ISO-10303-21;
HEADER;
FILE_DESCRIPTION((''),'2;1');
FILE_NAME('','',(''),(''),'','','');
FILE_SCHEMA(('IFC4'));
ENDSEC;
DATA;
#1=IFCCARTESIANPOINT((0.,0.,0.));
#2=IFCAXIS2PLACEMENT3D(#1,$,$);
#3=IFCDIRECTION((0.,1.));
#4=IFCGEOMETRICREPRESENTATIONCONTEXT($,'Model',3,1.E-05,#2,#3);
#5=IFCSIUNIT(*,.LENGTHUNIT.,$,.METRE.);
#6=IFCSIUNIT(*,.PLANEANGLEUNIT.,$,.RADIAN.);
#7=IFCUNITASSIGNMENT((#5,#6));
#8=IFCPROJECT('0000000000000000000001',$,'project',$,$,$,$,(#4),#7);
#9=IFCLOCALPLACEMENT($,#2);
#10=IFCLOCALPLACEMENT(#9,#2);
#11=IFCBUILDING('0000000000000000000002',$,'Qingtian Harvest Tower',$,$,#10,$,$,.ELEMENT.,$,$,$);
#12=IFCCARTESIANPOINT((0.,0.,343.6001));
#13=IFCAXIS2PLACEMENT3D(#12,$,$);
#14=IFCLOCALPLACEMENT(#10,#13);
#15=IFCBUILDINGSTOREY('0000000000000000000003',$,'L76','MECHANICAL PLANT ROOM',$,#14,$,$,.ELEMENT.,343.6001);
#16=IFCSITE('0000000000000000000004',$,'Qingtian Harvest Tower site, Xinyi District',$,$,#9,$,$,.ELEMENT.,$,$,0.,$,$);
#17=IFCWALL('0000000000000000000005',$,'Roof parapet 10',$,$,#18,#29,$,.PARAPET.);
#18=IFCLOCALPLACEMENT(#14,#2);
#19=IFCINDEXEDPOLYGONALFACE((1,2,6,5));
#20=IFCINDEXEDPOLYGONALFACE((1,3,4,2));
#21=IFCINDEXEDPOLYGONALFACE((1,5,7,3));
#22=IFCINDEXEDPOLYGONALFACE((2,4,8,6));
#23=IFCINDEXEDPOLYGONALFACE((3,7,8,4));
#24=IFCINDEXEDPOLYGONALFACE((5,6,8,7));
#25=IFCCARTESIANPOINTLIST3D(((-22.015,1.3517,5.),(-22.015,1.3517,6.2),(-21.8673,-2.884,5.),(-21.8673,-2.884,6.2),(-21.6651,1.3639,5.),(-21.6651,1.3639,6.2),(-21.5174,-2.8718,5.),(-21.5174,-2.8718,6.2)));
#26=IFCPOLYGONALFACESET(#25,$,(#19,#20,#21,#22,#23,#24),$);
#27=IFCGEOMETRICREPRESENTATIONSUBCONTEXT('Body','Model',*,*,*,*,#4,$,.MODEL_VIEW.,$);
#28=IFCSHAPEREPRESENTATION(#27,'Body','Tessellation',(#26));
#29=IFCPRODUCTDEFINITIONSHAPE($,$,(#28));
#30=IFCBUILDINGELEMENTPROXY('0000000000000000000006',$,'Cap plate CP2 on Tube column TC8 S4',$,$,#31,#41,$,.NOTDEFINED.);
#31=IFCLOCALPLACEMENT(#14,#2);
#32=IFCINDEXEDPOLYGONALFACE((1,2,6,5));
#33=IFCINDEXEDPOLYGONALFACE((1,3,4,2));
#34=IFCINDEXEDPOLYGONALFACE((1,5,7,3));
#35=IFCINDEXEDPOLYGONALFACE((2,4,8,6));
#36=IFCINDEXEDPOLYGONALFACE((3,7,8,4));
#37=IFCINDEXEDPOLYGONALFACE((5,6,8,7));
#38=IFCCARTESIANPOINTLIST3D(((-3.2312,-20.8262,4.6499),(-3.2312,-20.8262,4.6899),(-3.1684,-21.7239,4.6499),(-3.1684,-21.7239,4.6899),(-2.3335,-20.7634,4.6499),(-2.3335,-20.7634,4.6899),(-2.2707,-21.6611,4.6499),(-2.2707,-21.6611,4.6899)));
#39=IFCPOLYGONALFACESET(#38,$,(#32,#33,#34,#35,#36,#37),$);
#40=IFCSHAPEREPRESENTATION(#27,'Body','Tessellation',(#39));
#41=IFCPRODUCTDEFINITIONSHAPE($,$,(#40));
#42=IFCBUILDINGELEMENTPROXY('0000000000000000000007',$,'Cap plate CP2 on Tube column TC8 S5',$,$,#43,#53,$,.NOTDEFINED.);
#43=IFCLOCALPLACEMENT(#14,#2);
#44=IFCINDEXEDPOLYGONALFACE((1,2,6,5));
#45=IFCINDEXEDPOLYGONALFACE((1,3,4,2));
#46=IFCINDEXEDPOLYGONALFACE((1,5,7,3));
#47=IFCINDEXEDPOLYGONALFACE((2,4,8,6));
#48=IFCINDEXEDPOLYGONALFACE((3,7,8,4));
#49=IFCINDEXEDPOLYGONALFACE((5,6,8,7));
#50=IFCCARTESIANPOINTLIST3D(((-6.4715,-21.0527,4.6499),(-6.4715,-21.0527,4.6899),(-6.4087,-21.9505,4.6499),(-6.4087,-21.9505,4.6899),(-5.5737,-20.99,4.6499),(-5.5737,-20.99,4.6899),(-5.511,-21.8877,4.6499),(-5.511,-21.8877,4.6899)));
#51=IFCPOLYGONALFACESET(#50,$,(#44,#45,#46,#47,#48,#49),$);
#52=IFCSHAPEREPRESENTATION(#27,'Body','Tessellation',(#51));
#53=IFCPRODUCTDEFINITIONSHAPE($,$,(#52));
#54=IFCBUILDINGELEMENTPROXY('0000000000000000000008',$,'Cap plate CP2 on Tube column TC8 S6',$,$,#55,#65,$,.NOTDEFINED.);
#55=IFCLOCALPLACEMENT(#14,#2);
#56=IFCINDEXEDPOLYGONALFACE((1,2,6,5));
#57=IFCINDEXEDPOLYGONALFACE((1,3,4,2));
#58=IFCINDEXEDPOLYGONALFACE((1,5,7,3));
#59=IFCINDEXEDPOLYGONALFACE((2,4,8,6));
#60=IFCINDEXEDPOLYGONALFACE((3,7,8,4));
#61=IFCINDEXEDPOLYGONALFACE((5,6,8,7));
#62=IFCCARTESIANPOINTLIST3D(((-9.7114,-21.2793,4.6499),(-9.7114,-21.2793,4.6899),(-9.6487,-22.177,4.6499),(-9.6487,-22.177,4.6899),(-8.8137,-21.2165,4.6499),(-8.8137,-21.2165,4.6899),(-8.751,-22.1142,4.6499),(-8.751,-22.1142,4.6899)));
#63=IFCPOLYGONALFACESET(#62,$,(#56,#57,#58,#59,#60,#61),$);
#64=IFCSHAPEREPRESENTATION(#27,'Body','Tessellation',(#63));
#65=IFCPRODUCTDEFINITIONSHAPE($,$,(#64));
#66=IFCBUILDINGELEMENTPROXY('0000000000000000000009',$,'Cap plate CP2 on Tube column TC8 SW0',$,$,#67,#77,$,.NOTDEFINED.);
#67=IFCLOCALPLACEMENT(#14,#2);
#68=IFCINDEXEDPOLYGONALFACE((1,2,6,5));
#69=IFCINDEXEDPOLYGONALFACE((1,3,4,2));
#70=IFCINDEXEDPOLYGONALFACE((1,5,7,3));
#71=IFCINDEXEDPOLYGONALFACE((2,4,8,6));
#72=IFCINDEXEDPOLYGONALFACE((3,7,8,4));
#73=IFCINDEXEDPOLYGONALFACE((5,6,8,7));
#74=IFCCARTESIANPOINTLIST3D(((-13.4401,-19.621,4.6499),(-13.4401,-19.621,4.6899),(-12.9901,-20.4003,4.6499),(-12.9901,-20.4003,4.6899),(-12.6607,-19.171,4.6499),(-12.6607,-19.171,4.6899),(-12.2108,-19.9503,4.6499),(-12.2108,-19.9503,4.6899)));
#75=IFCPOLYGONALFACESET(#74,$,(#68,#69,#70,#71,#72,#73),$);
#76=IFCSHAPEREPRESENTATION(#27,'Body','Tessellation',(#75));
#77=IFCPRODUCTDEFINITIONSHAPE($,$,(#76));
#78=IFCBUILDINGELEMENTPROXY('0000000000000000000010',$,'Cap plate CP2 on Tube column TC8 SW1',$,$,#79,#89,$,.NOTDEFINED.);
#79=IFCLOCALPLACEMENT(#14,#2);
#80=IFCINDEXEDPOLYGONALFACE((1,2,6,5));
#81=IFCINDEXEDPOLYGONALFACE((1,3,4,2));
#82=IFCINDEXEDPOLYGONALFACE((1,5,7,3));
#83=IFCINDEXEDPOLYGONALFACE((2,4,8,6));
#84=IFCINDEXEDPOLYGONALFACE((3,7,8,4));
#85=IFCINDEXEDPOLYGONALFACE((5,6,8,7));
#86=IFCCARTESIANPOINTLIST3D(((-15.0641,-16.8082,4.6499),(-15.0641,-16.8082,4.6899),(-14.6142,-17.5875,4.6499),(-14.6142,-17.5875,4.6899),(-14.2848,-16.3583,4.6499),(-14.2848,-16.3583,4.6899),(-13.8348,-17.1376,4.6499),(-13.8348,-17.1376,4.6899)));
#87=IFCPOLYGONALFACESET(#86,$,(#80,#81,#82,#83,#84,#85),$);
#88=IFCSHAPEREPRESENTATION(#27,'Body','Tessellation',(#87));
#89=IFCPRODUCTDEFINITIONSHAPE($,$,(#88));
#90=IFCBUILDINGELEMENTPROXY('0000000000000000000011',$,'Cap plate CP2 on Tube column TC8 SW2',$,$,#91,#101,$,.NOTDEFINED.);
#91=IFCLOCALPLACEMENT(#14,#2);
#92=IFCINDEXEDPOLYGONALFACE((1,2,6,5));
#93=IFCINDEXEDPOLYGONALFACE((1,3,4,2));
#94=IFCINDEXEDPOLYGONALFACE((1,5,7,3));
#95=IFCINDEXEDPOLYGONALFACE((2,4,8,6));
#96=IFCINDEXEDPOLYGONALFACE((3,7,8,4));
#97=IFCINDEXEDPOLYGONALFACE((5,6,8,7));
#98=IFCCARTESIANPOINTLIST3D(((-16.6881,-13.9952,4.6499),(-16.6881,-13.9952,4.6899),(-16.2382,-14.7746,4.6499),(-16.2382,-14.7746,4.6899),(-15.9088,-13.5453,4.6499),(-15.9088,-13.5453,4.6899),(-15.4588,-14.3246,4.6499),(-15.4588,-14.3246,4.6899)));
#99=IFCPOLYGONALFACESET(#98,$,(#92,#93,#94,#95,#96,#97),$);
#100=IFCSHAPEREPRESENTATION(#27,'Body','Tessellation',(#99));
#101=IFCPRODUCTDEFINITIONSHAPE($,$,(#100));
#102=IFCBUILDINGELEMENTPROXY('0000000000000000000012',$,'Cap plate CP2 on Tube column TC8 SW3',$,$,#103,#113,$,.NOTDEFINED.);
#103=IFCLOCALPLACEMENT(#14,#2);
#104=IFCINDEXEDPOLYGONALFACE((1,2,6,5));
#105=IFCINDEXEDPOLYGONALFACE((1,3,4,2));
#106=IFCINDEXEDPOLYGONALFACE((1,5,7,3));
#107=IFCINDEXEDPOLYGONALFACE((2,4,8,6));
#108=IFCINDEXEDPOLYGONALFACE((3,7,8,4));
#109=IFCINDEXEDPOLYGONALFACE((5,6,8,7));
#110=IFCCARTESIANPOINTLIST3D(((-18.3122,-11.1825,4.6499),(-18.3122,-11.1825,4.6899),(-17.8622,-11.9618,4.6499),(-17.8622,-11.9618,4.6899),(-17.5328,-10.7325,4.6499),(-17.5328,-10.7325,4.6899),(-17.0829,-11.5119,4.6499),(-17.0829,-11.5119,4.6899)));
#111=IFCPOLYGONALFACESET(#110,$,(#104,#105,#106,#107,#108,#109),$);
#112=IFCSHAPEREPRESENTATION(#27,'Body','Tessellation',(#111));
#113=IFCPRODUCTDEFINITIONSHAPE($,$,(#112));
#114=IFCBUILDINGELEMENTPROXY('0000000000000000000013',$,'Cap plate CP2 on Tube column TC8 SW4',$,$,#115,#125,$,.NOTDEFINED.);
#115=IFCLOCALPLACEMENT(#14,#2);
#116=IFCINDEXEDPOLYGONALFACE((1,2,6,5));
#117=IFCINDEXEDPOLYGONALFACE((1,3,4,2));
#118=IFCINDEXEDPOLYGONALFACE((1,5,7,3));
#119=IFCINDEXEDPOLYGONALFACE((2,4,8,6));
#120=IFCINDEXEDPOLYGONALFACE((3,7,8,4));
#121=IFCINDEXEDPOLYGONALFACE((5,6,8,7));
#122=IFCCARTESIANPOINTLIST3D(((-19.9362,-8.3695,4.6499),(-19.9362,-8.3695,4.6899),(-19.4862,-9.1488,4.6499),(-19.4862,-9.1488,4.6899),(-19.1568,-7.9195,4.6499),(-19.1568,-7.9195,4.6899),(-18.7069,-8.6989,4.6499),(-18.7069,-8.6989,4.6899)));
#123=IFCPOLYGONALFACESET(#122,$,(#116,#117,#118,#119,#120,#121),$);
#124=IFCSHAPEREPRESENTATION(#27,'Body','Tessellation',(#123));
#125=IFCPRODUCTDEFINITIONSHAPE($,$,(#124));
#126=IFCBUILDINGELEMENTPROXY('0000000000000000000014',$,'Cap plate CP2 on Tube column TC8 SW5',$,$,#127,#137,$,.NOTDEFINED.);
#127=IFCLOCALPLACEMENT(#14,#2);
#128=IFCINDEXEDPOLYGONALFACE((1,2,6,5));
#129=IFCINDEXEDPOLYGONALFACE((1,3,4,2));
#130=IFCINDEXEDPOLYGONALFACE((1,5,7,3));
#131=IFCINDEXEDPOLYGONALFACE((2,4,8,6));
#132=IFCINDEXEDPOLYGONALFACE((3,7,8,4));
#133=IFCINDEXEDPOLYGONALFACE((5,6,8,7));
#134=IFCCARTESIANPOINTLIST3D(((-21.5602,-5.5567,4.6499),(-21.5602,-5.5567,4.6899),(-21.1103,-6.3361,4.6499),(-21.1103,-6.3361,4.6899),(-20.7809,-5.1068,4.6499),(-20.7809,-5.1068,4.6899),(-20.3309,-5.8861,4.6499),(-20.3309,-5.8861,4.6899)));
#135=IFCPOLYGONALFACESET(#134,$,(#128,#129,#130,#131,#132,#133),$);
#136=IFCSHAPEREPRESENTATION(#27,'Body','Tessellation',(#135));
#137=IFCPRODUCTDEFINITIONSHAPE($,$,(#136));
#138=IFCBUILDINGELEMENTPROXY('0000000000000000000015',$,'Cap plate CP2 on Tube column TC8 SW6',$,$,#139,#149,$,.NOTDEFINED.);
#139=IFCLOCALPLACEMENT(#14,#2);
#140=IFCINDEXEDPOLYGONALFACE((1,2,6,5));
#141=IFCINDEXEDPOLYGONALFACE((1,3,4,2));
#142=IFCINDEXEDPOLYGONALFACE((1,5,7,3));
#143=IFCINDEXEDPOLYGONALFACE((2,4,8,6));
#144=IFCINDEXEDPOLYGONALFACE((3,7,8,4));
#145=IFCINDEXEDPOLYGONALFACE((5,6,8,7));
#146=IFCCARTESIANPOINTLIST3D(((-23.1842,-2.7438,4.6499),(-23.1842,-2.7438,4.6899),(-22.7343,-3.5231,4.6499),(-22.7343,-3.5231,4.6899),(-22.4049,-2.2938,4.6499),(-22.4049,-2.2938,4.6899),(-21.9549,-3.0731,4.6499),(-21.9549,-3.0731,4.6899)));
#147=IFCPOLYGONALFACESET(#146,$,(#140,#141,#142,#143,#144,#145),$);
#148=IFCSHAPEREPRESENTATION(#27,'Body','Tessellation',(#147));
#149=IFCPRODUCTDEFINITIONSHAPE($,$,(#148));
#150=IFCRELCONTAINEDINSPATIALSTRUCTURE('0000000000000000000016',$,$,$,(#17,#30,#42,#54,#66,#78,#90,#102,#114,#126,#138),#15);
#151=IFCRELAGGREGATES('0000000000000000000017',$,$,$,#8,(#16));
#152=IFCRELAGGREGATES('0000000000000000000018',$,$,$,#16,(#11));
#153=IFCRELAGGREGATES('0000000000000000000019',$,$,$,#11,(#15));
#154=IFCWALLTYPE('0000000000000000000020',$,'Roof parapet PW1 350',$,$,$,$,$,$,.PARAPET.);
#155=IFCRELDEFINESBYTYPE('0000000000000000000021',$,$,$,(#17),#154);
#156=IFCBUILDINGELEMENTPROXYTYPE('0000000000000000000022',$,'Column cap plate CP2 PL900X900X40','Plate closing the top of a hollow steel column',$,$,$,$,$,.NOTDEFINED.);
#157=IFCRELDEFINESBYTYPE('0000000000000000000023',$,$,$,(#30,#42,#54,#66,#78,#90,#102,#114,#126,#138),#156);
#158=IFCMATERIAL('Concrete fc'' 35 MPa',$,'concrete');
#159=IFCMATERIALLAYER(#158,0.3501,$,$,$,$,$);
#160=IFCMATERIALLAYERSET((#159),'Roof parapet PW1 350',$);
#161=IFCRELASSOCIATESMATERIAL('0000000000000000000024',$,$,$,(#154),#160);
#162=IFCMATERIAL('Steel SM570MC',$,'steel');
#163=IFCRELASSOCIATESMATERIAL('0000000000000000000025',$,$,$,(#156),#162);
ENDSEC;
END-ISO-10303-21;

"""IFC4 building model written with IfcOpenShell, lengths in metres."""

from ifc_helpers import new_model, si_unit, direction, frame, frame_2d, origin, origin_2d, place, context, subcontext, project, spatial, rectangle, extrude, material, layer, layer_set, material_profile, profile_set, type_object, element, save


model = new_model("IFC4")

# Units and contexts
model_context = context("Model", 3, precision=1e-05, world=origin(), true_north=direction((0.0, 1.0)))
body_context = subcontext(model_context, "Body", "Model", "MODEL_VIEW")
ifc_project = project(units=[si_unit("LENGTHUNIT", "METRE"), si_unit("PLANEANGLEUNIT", "RADIAN")], contexts=[model_context])

# Site, building, storey
site_placement = place(None, origin())
site = spatial("IfcSite", under=ifc_project, at=site_placement, Name="Qingtian Harvest Tower site, Xinyi District", CompositionType="ELEMENT", RefElevation=0.0)
building_placement = place(site_placement, origin())
building = spatial("IfcBuilding", under=site, at=building_placement, Name="Qingtian Harvest Tower", CompositionType="ELEMENT")
storey_placement = place(building_placement, frame((0.0, 0.0, 343.6001)))
storey = spatial("IfcBuildingStorey", under=building, at=storey_placement, Name="L76", Description="MECHANICAL PLANT ROOM", CompositionType="ELEMENT", Elevation=343.6001)

# Wall
ifc_material_1 = material(Name="Concrete fc' 35 MPa", Category="concrete")
ifc_layer = layer(ifc_material_1, 0.3501)
ifc_layer_set = layer_set([ifc_layer], Name="Roof parapet PW1 350")
wall_type = type_object("IfcWallType", Name="Roof parapet PW1 350", PredefinedType="PARAPET", material=ifc_layer_set)
wall_1_placement = place(storey_placement, frame((-21.6924, -2.8779, 5.0), z_axis=(0.0, 0.0, 1.0), x_axis=(-0.034851, 0.999393, 0.0)))
element("IfcWall", 1, at=wall_1_placement, inside=storey, type_object=wall_type, Name="Roof parapet 10", PredefinedType="PARAPET", context=body_context, shape_type="SweptSolid", body=[
    extrude(rectangle(XDim=4.2383, YDim=0.3501, at=frame_2d((2.1191, 0.0))), origin(), (0.0, 0.0, 1.0), 1.2),
])

# Building element proxies
ifc_material_2 = material(Name="Steel SM570MC", Category="steel")
ifc_material_profile_1 = material_profile(ifc_material_2, rectangle(XDim=0.8999, YDim=0.8999, at=origin_2d()), Name="PL900X900X40")
ifc_profile_set_1 = profile_set([ifc_material_profile_1], Name="Steel SM570MC")
building_element_proxy_type = type_object("IfcBuildingElementProxyType", Name="Column cap plate CP2 PL900X900X40", Description="Plate closing the top of a hollow steel column", PredefinedType="NOTDEFINED", material=ifc_profile_set_1)
for number, where, z_axis, x_axis, name in (
    (2, (-2.751, -21.2437, 4.6499), (0.0, 0.0, 1.0), (0.997564, 0.069756, 0.0), "Cap plate CP2 on Tube column TC8 S4"),
    (3, (-5.9912, -21.4702, 4.6499), (0.0, 0.0, 1.0), (0.997564, 0.069756, 0.0), "Cap plate CP2 on Tube column TC8 S5"),
    (4, (-9.2312, -21.6968, 4.6499), (0.0, 0.0, 1.0), (0.997564, 0.069756, 0.0), "Cap plate CP2 on Tube column TC8 S6"),
    (5, (-12.8254, -19.7856, 4.6499), (0.0, 0.0, 1.0), (0.5, -0.866025, 0.0), "Cap plate CP2 on Tube column TC8 SW0"),
    (6, (-14.4495, -16.9729, 4.6499), (0.0, 0.0, 1.0), (0.5, -0.866025, 0.0), "Cap plate CP2 on Tube column TC8 SW1"),
    (7, (-16.0735, -14.1599, 4.6499), (0.0, 0.0, 1.0), (0.5, -0.866025, 0.0), "Cap plate CP2 on Tube column TC8 SW2"),
    (8, (-17.6975, -11.3472, 4.6499), (0.0, 0.0, 1.0), (0.5, -0.866025, 0.0), "Cap plate CP2 on Tube column TC8 SW3"),
    (9, (-19.3215, -8.5342, 4.6499), (0.0, 0.0, 1.0), (0.5, -0.866025, 0.0), "Cap plate CP2 on Tube column TC8 SW4"),
    (10, (-20.9456, -5.7214, 4.6499), (0.0, 0.0, 1.0), (0.5, -0.866025, 0.0), "Cap plate CP2 on Tube column TC8 SW5"),
    (11, (-22.5696, -2.9084, 4.6499), (0.0, 0.0, 1.0), (0.5, -0.866025, 0.0), "Cap plate CP2 on Tube column TC8 SW6"),
):
    element("IfcBuildingElementProxy", number, at=place(storey_placement, frame(where, z_axis=z_axis, x_axis=x_axis)), inside=storey, type_object=building_element_proxy_type, Name=name, PredefinedType="NOTDEFINED", context=body_context, shape_type="SweptSolid", body=[
        extrude(rectangle(XDim=0.8999, YDim=0.8999, at=origin_2d()), origin(), (0.0, 0.0, 1.0), 0.04),
    ])

save(model, "model.ifc")
